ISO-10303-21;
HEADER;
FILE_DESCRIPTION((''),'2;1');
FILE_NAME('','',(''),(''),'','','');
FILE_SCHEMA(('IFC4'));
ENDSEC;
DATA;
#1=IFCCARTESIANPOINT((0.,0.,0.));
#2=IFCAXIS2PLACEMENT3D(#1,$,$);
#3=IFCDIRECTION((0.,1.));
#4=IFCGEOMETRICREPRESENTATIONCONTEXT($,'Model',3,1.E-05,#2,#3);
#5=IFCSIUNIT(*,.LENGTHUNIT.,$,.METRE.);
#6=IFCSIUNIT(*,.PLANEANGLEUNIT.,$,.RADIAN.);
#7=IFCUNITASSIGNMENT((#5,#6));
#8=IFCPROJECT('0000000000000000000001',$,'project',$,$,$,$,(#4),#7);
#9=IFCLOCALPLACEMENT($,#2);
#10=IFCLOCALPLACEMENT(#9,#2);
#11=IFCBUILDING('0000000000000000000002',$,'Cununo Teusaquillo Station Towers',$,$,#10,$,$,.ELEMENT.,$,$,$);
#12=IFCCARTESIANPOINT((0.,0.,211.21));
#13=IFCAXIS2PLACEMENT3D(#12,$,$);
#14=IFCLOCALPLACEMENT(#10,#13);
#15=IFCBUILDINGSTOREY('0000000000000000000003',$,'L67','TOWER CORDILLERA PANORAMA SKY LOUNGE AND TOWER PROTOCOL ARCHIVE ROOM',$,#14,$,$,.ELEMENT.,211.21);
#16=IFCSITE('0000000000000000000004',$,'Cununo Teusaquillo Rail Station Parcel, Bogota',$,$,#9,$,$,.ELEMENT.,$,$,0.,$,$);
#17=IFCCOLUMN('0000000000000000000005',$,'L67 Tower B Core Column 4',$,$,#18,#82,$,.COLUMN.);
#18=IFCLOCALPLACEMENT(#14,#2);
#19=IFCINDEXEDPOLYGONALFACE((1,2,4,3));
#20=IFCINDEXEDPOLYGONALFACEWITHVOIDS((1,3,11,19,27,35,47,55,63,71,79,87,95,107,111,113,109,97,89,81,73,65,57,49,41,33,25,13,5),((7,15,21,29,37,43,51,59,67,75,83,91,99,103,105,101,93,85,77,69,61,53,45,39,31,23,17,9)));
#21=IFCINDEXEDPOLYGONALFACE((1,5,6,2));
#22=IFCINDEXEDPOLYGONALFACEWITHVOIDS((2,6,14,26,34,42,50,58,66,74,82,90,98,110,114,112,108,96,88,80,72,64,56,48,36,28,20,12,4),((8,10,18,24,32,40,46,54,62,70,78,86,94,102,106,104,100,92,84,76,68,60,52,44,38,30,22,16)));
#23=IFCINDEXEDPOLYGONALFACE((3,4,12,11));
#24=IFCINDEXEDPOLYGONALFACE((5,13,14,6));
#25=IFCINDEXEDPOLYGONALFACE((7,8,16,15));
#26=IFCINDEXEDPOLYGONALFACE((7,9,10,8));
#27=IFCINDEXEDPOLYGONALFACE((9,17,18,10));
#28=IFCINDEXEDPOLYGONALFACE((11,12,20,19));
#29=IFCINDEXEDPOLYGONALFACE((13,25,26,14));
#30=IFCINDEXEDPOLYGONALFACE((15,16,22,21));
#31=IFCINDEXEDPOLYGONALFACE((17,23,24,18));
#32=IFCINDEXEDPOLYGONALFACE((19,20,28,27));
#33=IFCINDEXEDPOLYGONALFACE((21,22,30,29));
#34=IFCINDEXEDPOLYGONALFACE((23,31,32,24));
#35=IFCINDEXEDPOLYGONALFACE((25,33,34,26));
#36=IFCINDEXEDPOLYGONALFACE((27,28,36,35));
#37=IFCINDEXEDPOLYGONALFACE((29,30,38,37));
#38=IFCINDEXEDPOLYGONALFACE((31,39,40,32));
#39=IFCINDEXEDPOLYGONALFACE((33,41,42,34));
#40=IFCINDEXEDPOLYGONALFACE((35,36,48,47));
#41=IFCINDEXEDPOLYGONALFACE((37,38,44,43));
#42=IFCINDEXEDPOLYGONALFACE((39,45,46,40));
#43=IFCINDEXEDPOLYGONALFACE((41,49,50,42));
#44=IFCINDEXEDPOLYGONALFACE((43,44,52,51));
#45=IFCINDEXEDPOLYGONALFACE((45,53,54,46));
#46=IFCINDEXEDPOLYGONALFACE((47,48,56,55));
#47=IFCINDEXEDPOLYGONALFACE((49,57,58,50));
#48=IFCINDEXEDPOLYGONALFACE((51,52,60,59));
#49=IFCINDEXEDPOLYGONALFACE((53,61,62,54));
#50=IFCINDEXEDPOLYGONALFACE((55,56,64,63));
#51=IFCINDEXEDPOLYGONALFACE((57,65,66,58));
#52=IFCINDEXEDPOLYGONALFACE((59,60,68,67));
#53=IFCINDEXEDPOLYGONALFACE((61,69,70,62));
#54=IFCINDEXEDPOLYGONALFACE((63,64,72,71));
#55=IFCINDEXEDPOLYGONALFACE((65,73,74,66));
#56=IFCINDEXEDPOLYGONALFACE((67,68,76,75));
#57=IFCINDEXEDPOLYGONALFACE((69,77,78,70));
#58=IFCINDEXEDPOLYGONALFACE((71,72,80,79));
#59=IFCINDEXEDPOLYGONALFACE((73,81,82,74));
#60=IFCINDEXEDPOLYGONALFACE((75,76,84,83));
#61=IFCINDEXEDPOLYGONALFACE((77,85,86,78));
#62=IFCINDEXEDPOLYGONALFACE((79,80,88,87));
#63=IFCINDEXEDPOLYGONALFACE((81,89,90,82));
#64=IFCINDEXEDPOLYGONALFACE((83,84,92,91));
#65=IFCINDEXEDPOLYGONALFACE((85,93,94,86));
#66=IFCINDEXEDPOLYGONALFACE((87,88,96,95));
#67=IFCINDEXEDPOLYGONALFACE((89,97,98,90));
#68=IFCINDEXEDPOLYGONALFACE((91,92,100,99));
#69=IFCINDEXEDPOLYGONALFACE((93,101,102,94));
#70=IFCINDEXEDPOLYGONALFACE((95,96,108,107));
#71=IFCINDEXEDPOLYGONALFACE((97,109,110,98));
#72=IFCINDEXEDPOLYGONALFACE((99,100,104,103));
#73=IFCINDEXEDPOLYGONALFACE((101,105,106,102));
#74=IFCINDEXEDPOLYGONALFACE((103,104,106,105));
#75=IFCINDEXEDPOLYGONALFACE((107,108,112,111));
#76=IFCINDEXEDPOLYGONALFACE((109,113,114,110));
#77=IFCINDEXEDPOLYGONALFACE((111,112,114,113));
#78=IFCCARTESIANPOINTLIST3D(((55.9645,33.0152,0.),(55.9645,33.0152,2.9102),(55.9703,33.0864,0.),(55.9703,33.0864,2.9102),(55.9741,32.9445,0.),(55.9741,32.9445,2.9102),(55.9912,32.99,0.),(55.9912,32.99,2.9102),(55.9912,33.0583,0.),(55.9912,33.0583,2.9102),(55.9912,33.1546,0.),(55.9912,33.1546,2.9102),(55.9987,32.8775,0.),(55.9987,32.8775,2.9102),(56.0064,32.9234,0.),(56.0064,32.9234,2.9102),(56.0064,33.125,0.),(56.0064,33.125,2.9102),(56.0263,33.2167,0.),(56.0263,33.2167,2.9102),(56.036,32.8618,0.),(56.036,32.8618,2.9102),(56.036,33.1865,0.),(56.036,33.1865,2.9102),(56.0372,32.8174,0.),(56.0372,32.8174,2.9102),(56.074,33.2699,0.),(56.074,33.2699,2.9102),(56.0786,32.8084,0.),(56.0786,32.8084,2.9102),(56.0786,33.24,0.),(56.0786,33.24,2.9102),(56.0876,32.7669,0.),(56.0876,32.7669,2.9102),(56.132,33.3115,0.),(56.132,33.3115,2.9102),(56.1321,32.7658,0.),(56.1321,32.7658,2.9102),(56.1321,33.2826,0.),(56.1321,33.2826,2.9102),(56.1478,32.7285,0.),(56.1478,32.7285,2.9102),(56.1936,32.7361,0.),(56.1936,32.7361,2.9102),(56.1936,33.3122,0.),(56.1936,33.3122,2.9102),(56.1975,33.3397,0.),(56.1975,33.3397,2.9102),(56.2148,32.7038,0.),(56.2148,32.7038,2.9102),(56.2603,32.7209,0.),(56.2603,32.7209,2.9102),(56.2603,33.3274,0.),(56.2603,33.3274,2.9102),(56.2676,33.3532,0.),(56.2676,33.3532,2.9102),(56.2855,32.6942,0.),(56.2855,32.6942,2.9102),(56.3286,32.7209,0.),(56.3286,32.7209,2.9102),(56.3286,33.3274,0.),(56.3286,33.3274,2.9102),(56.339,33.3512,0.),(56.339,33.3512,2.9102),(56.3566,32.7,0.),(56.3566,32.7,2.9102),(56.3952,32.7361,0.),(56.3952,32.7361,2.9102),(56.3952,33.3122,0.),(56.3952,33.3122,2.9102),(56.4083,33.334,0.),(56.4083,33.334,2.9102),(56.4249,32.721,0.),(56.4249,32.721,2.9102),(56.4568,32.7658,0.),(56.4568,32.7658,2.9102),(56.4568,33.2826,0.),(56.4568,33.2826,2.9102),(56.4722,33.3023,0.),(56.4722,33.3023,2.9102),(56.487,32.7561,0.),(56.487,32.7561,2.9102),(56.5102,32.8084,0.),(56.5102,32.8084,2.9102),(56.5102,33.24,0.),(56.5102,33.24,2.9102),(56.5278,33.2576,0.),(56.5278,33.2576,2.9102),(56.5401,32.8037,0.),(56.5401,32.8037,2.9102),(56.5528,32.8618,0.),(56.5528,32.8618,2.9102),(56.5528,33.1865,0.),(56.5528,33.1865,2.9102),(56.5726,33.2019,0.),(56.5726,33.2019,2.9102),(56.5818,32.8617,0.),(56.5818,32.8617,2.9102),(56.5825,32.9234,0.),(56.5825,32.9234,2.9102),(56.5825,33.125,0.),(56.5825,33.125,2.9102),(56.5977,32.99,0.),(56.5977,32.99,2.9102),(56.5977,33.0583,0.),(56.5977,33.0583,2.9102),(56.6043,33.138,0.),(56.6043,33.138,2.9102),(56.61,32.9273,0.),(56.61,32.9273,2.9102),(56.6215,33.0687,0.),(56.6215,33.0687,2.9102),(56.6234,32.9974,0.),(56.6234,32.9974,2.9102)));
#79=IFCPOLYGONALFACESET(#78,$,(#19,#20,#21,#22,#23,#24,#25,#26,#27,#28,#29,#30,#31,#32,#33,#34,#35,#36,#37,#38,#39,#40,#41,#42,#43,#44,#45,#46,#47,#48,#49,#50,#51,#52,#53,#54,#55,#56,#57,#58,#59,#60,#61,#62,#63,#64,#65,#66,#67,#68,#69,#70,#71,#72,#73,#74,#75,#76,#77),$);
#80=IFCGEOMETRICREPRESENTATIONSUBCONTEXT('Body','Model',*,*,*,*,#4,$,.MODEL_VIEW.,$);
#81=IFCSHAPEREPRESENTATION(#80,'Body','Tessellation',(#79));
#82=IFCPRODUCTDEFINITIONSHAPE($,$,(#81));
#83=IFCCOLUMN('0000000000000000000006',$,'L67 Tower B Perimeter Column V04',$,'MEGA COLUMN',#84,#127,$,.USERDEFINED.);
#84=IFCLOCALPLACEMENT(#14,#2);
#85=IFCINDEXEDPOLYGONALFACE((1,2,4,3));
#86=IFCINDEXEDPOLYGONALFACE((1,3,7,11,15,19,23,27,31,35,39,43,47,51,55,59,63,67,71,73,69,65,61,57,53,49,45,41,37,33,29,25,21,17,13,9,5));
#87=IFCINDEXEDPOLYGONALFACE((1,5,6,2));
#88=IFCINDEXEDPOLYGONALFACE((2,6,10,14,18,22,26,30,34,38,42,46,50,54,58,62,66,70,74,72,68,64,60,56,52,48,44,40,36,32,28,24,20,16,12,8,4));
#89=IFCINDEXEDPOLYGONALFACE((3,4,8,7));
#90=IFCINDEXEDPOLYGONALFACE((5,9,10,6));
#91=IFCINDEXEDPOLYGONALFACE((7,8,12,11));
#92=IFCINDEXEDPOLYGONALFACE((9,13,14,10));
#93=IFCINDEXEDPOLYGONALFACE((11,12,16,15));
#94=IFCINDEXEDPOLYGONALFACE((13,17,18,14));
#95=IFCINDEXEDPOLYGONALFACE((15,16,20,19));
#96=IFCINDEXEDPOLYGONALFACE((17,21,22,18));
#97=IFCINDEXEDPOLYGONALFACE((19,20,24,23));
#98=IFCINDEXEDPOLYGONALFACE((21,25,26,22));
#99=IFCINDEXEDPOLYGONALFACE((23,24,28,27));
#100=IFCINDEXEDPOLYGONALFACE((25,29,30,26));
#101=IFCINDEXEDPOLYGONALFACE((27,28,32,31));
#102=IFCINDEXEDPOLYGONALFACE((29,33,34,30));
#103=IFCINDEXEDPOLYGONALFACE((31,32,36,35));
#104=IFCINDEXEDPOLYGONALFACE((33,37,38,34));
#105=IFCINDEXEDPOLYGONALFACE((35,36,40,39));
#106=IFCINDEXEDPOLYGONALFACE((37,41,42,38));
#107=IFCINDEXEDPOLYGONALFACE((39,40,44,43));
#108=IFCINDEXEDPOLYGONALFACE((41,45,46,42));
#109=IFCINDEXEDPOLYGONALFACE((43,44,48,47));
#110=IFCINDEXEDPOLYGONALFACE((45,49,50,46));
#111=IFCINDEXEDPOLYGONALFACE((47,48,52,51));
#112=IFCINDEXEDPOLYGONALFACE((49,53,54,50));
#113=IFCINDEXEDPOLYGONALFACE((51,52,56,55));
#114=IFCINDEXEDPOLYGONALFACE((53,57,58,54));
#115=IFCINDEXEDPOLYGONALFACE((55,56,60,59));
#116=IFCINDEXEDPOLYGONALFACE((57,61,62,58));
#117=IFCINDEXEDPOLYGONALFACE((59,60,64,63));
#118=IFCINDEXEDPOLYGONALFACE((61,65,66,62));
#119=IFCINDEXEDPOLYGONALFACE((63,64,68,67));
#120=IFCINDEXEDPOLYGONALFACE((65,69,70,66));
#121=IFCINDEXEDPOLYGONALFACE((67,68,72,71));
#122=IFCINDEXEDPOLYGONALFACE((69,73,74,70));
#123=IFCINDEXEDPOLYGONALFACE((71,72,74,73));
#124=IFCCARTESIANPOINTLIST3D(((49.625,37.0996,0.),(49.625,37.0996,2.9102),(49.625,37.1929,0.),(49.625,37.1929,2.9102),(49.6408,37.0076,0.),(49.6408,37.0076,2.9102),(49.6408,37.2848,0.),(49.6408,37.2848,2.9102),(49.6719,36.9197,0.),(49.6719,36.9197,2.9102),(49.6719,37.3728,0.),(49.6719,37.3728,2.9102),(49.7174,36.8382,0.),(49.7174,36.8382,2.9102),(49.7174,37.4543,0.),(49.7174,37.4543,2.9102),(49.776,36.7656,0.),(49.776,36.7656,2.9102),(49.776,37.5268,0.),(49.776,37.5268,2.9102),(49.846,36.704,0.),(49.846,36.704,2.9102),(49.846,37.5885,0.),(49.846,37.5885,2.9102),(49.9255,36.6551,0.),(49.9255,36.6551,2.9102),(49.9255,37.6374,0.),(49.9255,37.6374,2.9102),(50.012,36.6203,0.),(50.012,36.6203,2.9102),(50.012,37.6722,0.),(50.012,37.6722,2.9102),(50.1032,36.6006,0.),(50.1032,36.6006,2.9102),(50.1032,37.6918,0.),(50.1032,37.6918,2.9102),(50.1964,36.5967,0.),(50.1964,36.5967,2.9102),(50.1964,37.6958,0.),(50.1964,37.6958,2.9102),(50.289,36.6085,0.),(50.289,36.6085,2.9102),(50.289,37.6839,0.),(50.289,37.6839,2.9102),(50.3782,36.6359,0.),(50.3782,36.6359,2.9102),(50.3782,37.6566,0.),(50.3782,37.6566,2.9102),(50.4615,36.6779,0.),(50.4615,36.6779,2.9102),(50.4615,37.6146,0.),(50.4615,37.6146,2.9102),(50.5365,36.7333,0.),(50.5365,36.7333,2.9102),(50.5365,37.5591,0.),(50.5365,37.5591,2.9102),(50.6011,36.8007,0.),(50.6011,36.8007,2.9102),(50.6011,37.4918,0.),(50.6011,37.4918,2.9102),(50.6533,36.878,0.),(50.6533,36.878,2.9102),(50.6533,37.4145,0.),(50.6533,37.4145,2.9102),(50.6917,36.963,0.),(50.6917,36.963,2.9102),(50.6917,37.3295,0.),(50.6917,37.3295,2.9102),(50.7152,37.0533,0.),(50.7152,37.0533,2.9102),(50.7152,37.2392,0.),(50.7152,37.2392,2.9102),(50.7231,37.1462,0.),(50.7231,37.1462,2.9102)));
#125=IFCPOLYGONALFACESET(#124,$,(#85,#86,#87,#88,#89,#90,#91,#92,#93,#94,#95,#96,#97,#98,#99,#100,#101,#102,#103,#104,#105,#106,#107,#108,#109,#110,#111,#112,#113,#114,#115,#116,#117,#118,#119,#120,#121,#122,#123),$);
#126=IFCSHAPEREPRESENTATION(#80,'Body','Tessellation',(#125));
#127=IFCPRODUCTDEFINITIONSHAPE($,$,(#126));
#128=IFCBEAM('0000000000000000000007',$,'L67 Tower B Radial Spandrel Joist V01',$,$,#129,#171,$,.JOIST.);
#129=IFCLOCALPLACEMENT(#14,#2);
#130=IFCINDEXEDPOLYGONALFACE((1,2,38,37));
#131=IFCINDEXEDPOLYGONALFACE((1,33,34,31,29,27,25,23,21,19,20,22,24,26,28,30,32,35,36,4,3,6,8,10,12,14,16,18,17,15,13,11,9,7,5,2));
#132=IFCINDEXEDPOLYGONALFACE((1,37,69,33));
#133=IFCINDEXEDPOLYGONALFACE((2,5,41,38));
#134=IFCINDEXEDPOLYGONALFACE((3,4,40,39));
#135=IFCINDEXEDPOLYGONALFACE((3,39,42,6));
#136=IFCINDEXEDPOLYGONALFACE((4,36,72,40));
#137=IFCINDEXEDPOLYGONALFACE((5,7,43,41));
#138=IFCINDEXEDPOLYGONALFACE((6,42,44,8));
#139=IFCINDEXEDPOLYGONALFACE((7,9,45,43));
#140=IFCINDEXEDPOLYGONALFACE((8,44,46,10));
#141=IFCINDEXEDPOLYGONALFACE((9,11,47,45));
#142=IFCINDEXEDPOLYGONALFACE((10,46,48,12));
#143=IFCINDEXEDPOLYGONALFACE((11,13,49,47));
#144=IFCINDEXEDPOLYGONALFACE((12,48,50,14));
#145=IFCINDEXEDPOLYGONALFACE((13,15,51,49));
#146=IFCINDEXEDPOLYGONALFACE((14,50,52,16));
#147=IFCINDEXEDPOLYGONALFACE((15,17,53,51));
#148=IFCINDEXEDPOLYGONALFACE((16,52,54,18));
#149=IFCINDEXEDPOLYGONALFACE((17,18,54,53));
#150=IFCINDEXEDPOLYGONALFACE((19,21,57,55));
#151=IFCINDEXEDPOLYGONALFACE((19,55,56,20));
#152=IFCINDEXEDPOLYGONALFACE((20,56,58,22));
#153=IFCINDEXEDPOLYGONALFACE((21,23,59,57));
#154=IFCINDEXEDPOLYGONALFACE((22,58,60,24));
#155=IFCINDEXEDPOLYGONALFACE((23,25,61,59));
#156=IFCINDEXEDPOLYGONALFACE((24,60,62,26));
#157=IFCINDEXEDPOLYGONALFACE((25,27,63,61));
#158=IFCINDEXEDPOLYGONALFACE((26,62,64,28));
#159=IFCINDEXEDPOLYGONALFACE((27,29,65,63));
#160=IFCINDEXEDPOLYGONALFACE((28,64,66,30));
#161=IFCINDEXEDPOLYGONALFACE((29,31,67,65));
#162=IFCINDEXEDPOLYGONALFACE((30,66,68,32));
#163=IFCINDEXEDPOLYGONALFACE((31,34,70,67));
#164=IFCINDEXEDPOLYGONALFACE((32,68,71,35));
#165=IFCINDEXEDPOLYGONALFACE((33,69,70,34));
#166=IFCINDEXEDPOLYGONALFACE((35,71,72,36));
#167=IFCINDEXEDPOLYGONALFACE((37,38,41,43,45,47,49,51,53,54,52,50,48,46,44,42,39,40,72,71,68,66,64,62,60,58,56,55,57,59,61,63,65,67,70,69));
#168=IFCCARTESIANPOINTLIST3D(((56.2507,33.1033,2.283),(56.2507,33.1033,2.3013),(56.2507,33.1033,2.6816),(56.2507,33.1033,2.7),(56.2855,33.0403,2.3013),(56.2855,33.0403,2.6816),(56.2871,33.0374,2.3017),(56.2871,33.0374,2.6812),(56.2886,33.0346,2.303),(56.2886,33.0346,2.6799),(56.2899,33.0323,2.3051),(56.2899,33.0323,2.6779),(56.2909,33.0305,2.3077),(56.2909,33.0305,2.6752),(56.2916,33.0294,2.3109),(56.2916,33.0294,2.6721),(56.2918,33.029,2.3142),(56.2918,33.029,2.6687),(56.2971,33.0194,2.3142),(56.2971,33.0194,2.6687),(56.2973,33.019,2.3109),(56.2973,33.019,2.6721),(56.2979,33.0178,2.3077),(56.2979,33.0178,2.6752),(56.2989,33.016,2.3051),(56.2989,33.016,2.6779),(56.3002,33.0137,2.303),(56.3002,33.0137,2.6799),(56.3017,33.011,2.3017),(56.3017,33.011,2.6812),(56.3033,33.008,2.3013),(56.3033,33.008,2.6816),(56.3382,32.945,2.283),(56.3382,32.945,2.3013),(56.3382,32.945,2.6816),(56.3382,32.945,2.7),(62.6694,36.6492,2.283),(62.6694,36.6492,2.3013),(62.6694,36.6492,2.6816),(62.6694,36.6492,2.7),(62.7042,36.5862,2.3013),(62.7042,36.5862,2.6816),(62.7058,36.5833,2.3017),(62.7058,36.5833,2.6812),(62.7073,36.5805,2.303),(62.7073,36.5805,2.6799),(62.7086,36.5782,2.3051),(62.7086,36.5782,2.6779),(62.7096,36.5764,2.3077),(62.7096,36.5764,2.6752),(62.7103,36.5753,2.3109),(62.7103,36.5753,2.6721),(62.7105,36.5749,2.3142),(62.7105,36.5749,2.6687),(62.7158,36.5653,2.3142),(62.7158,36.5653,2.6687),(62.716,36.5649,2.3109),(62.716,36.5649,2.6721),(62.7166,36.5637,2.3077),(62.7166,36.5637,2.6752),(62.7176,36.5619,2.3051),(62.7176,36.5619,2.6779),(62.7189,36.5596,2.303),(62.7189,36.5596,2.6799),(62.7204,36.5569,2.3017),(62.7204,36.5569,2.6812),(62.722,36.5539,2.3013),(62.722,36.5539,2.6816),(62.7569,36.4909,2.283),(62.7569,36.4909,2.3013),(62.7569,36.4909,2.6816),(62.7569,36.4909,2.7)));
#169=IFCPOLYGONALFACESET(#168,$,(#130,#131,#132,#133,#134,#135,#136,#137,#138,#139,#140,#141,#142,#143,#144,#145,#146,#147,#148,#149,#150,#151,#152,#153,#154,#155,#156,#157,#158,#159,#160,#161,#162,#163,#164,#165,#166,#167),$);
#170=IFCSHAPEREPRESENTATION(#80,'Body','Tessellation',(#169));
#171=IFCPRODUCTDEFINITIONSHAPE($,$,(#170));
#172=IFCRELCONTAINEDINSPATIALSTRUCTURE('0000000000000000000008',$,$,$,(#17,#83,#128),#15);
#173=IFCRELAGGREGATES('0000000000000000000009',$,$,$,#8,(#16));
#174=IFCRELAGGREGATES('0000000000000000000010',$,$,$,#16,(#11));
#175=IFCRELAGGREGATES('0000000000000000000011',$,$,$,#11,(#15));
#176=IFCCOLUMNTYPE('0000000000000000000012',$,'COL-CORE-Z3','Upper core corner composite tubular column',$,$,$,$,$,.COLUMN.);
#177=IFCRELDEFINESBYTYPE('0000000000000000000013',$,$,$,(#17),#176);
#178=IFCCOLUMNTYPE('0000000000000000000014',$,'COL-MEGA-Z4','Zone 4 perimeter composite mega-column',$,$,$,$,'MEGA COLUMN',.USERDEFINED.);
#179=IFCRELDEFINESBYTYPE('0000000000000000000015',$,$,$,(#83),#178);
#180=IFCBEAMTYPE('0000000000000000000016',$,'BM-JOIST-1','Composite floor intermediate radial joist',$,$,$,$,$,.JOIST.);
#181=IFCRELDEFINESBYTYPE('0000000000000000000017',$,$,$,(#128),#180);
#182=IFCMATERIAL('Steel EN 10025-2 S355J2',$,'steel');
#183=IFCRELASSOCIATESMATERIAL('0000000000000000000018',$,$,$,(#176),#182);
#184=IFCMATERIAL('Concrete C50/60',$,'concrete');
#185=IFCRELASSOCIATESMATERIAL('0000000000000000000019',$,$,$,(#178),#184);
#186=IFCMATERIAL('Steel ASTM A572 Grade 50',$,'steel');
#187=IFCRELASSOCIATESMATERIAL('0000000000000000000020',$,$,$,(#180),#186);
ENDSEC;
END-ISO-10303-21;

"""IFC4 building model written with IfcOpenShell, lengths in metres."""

from ifc_helpers import new_model, si_unit, direction, frame, origin, origin_2d, place, context, subcontext, project, spatial, circle, hollow_circle, i_section, extrude, material, material_profile, profile_set, type_object, element, save


model = new_model("IFC4")

# Units and contexts
model_context = context("Model", 3, precision=1e-05, world=origin(), true_north=direction((0.0, 1.0)))
body_context = subcontext(model_context, "Body", "Model", "MODEL_VIEW")
ifc_project = project(units=[si_unit("LENGTHUNIT", "METRE"), si_unit("PLANEANGLEUNIT", "RADIAN")], contexts=[model_context])

# Site, building, storey
site_placement = place(None, origin())
site = spatial("IfcSite", under=ifc_project, at=site_placement, Name="Cununo Teusaquillo Rail Station Parcel, Bogota", CompositionType="ELEMENT", RefElevation=0.0)
building_placement = place(site_placement, origin())
building = spatial("IfcBuilding", under=site, at=building_placement, Name="Cununo Teusaquillo Station Towers", CompositionType="ELEMENT")
storey_placement = place(building_placement, frame((0.0, 0.0, 211.21)))
storey = spatial("IfcBuildingStorey", under=building, at=storey_placement, Name="L67", Description="TOWER CORDILLERA PANORAMA SKY LOUNGE AND TOWER PROTOCOL ARCHIVE ROOM", CompositionType="ELEMENT", Elevation=211.21)

# Columns
ifc_material_1 = material(Name="Steel EN 10025-2 S355J2", Category="steel")
ifc_material_profile_1 = material_profile(ifc_material_1, hollow_circle(Radius=0.3301, WallThickness=0.0249, at=origin_2d()), Name="CHS 660x25")
ifc_profile_set_1 = profile_set([ifc_material_profile_1], Name="Steel EN 10025-2 S355J2")
column_type_1 = type_object("IfcColumnType", Name="COL-CORE-Z3", Description="Upper core corner composite tubular column", PredefinedType="COLUMN", material=ifc_profile_set_1)
column_1_placement = place(storey_placement, frame((56.2944, 33.0242, 0.0), z_axis=(0.0, 0.0, 1.0), x_axis=(0.707107, 0.707107, 0.0)))
element("IfcColumn", 1, at=column_1_placement, inside=storey, type_object=column_type_1, Name="L67 Tower B Core Column 4", PredefinedType="COLUMN", context=body_context, shape_type="SweptSolid", body=[
    extrude(hollow_circle(Radius=0.3301, WallThickness=0.0249, at=origin_2d()), origin(), (0.0, 0.0, 1.0), 2.9102),
])
ifc_material_2 = material(Name="Concrete C50/60", Category="concrete")
ifc_material_profile_2 = material_profile(ifc_material_2, circle(Radius=0.55, at=origin_2d()), Name="RC-CIRC-1100")
ifc_profile_set_2 = profile_set([ifc_material_profile_2], Name="Concrete C50/60")
column_type_2 = type_object("IfcColumnType", Name="COL-MEGA-Z4", Description="Zone 4 perimeter composite mega-column", ElementType="MEGA COLUMN", PredefinedType="USERDEFINED", material=ifc_profile_set_2)
column_2_placement = place(storey_placement, frame((50.1731, 37.1462, 0.0), z_axis=(0.0, 0.0, 1.0), x_axis=(1.0, 0.0, 0.0)))
element("IfcColumn", 2, at=column_2_placement, inside=storey, type_object=column_type_2, Name="L67 Tower B Perimeter Column V04", ObjectType="MEGA COLUMN", PredefinedType="USERDEFINED", context=body_context, shape_type="SweptSolid", body=[
    extrude(circle(Radius=0.55, at=origin_2d()), origin(), (0.0, 0.0, 1.0), 2.9102),
])

# Beam
ifc_material_3 = material(Name="Steel ASTM A572 Grade 50", Category="steel")
ifc_material_profile_3 = material_profile(ifc_material_3, i_section(OverallWidth=0.1809, OverallDepth=0.417, WebThickness=0.011, FlangeThickness=0.0183, FilletRadius=0.0129, at=origin_2d()), Name="W16X57")
ifc_profile_set_3 = profile_set([ifc_material_profile_3], Name="Steel ASTM A572 Grade 50")
beam_type_1 = type_object("IfcBeamType", Name="BM-JOIST-1", Description="Composite floor intermediate radial joist", PredefinedType="JOIST", material=ifc_profile_set_3)
beam_1_placement = place(storey_placement, frame((56.2944, 33.0242, 2.4915), z_axis=(0.875315, 0.483553, 0.0), x_axis=(-0.483553, 0.875315, 0.0)))
element("IfcBeam", 3, at=beam_1_placement, inside=storey, type_object=beam_type_1, Name="L67 Tower B Radial Spandrel Joist V01", PredefinedType="JOIST", context=body_context, shape_type="SweptSolid", body=[
    extrude(i_section(OverallWidth=0.1809, OverallDepth=0.417, WebThickness=0.011, FlangeThickness=0.0183, FilletRadius=0.0129, at=origin_2d()), origin(), (0.0, 0.0, 1.0), 7.333),
])

save(model, "model.ifc")
